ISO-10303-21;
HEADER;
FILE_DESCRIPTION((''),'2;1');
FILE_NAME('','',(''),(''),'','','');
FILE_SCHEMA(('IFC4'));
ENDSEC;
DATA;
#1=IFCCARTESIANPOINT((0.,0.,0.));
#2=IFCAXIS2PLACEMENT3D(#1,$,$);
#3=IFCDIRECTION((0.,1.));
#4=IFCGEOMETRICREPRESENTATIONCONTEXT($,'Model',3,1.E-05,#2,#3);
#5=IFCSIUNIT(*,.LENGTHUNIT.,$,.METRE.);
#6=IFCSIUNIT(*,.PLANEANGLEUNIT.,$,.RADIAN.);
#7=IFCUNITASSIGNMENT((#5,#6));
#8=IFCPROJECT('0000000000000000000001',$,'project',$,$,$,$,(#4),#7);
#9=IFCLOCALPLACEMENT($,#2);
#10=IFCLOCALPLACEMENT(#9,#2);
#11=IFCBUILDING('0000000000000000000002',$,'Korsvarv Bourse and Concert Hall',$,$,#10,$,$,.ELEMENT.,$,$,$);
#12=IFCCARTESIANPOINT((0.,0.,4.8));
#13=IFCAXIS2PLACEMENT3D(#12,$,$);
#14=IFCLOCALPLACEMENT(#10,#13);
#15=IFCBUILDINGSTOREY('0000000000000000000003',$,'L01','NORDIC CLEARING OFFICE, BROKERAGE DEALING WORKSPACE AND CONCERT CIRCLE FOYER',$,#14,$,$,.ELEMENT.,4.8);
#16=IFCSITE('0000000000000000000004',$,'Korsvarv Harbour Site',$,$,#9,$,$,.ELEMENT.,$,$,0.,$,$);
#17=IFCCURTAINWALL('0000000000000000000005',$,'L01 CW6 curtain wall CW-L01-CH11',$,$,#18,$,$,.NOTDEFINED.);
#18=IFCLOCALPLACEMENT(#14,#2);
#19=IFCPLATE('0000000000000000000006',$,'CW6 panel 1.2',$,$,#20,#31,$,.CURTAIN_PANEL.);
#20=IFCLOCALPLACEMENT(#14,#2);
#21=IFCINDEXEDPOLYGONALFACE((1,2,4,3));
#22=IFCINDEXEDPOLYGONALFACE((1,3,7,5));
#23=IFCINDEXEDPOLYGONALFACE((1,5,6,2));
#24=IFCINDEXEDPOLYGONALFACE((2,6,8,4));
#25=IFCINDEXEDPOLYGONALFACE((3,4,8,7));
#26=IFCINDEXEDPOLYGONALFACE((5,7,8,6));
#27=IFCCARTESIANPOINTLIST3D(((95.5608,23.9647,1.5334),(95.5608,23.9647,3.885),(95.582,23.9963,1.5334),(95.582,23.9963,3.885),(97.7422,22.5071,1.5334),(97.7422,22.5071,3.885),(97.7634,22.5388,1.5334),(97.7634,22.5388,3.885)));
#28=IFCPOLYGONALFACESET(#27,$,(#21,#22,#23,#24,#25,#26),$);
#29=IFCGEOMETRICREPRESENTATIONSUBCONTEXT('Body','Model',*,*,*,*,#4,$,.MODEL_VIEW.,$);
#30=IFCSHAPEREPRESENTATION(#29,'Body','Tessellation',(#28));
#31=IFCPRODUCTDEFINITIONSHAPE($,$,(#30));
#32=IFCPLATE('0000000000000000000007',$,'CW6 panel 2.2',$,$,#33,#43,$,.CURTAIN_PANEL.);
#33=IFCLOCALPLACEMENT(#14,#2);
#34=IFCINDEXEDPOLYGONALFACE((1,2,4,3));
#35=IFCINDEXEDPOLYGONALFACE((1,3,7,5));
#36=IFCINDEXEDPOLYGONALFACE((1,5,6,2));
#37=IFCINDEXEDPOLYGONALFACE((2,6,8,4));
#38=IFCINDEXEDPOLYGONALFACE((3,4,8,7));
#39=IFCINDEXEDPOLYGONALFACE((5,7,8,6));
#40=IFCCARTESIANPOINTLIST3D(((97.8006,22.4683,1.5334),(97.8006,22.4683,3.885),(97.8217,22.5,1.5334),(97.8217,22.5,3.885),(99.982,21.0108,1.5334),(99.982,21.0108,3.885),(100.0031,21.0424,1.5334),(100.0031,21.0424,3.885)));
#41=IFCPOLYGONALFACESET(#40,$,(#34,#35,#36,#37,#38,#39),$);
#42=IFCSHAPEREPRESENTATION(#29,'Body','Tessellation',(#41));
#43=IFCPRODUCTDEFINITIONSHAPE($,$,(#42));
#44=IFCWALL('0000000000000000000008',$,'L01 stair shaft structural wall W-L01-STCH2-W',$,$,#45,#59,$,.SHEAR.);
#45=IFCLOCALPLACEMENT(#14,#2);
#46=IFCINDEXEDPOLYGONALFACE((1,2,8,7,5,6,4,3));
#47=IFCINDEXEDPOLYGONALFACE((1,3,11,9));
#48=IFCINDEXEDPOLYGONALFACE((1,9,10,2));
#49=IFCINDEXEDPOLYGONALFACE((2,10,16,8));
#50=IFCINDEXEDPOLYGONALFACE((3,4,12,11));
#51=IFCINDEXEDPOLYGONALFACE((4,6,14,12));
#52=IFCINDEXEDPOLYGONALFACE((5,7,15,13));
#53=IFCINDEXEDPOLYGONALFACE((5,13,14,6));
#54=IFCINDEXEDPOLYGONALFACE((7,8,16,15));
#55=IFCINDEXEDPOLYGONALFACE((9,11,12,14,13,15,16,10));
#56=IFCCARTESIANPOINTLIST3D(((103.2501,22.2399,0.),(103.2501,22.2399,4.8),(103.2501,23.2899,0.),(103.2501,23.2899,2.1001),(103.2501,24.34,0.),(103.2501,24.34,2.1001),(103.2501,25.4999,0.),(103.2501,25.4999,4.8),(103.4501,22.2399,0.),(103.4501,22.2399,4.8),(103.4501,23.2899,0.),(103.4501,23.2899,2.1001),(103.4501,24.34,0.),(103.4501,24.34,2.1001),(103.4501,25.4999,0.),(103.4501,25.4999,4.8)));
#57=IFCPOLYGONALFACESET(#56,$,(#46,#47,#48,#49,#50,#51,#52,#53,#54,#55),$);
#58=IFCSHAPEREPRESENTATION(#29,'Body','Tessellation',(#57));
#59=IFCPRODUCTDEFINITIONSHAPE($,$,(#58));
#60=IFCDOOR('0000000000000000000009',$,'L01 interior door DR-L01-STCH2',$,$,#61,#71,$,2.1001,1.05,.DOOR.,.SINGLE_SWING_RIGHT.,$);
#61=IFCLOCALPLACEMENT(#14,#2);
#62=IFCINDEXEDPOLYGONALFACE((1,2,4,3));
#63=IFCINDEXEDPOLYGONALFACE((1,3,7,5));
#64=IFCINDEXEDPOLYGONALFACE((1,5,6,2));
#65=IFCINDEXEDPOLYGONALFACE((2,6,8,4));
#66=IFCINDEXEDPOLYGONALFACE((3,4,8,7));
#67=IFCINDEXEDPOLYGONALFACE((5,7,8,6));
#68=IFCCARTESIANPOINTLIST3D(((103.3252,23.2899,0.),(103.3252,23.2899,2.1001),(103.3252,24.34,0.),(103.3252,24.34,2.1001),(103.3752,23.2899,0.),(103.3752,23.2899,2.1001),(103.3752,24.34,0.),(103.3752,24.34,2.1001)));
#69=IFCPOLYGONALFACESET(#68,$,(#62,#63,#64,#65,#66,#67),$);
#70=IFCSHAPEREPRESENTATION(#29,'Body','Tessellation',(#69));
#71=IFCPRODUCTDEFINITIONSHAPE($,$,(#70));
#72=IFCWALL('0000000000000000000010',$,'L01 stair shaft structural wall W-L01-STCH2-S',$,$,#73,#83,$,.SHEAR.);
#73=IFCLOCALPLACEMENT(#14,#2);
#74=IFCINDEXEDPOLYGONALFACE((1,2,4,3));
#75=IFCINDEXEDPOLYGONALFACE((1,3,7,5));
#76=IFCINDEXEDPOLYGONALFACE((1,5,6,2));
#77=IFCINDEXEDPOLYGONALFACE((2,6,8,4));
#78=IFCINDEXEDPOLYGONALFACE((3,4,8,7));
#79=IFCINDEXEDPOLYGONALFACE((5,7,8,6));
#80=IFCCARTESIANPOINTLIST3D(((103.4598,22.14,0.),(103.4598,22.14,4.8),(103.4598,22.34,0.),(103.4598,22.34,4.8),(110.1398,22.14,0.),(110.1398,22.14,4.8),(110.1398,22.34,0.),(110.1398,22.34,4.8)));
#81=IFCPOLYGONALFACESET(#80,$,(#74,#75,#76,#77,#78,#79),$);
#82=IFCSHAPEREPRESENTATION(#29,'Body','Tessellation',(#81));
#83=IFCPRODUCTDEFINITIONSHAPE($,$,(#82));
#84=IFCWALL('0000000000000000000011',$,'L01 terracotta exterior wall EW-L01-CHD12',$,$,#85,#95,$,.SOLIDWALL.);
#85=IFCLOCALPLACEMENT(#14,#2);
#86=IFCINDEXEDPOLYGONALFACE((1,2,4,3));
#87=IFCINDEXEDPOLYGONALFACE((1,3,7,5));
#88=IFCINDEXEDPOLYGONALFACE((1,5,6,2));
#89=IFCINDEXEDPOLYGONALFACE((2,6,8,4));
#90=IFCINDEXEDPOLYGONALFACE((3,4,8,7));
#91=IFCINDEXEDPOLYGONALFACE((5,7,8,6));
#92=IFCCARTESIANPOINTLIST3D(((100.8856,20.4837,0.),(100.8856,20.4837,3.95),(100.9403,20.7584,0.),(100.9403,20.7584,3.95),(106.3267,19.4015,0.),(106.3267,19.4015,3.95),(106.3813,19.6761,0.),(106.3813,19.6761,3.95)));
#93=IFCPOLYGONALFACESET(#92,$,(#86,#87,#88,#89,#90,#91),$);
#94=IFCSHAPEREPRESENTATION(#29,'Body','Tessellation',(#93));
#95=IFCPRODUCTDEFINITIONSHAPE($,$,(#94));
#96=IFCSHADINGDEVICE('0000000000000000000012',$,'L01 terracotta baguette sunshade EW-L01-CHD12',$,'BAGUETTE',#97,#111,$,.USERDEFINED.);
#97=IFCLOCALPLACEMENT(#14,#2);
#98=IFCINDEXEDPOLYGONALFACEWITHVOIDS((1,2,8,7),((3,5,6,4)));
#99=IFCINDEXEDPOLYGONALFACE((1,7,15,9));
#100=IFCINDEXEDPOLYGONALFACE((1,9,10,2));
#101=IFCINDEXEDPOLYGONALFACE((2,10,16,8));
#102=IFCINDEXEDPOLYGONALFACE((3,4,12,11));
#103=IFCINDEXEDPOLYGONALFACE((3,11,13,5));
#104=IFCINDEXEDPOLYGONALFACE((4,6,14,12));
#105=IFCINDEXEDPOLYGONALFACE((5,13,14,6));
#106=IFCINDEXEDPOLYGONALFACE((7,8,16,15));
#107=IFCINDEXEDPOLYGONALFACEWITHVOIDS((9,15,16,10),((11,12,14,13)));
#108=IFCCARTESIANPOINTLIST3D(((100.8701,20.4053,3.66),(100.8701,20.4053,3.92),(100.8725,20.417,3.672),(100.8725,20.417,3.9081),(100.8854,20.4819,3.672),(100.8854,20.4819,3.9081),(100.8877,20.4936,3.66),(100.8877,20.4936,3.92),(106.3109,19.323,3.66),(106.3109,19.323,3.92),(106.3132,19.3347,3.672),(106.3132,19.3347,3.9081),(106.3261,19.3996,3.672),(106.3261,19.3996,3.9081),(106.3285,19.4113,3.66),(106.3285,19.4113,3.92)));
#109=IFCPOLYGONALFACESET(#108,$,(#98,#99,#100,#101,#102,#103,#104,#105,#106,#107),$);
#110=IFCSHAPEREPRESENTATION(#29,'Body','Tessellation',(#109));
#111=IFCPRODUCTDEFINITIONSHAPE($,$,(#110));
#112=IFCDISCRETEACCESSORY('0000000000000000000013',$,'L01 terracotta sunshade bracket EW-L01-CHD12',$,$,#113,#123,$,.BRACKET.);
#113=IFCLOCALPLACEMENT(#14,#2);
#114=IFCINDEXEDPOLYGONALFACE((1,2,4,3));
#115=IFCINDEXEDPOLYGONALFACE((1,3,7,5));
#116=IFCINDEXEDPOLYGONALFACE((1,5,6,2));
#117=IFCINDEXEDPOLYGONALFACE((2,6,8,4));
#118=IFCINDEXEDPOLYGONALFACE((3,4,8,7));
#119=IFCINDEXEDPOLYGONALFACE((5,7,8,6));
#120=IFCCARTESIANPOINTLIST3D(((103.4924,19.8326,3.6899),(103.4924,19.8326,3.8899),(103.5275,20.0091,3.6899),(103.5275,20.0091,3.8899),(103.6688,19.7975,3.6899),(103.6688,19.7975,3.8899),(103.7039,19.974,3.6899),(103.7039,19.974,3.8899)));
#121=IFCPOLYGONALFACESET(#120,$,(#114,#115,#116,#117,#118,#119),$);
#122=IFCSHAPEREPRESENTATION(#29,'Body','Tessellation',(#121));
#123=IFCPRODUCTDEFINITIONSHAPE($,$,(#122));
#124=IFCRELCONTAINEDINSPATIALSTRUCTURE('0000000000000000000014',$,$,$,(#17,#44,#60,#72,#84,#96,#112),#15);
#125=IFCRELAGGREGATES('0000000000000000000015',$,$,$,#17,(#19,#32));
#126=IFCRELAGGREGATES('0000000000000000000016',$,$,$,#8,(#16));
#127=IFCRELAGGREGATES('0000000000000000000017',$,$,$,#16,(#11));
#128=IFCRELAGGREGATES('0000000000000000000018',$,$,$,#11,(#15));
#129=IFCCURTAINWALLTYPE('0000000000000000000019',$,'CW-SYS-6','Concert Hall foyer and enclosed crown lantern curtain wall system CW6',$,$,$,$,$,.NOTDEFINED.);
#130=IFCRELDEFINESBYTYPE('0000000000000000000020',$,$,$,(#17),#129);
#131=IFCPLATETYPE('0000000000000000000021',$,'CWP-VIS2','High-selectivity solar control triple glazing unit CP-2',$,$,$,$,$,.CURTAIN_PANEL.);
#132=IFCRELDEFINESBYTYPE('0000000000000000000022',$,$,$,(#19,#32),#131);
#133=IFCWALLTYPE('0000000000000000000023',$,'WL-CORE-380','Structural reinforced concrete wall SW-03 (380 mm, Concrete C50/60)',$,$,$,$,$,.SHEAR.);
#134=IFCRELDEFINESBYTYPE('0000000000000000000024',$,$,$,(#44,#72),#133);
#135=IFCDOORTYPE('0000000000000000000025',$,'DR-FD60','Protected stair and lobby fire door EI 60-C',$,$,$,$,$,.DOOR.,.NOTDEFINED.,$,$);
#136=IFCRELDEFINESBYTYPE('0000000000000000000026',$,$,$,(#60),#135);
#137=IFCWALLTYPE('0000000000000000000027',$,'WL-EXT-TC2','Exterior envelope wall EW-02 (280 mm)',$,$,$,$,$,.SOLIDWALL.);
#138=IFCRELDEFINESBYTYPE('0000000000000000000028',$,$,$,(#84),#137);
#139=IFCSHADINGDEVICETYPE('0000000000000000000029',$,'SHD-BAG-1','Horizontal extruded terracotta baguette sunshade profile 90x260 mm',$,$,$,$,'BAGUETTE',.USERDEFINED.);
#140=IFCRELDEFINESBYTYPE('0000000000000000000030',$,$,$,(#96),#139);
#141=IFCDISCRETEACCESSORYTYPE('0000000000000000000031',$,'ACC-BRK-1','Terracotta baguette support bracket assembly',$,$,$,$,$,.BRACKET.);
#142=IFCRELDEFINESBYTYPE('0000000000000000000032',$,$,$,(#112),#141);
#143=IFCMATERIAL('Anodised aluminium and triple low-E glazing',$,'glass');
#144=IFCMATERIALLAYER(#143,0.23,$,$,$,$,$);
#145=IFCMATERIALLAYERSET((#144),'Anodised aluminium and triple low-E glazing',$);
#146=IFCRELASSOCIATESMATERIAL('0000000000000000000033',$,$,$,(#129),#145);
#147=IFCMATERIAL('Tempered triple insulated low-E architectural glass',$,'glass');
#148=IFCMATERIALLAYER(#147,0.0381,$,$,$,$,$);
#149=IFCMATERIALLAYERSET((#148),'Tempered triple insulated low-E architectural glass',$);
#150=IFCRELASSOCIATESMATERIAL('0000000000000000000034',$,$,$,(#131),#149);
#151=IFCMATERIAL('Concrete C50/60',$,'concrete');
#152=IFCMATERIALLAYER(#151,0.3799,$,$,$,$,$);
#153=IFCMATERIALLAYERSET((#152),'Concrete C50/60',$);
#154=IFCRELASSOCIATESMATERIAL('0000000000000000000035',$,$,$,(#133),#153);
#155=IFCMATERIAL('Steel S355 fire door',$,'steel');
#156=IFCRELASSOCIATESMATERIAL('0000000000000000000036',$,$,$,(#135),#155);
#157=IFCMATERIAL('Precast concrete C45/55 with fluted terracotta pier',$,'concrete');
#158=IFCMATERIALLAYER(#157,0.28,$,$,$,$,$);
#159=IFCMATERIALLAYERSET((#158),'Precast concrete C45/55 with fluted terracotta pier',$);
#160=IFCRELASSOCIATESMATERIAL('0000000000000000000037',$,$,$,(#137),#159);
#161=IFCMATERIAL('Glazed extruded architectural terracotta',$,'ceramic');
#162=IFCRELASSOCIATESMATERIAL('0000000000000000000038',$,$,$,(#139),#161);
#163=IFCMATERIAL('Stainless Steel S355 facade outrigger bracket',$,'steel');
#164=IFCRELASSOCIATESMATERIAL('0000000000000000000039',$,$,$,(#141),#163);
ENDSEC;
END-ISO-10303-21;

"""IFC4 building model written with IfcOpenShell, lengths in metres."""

from ifc_helpers import new_model, si_unit, direction, frame, frame_2d, origin, origin_2d, place, context, subcontext, project, spatial, rectangle, hollow_rectangle, extrude, source, transform, mapped, material, layer, layer_set, material_profile, profile_set, type_object, element, fill, aggregate, save


model = new_model("IFC4")

# Units and contexts
model_context = context("Model", 3, precision=1e-05, world=origin(), true_north=direction((0.0, 1.0)))
body_context = subcontext(model_context, "Body", "Model", "MODEL_VIEW")
ifc_project = project(units=[si_unit("LENGTHUNIT", "METRE"), si_unit("PLANEANGLEUNIT", "RADIAN")], contexts=[model_context])

# Site, building, storey
site_placement = place(None, origin())
site = spatial("IfcSite", under=ifc_project, at=site_placement, Name="Korsvarv Harbour Site", CompositionType="ELEMENT", RefElevation=0.0)
building_placement = place(site_placement, origin())
building = spatial("IfcBuilding", under=site, at=building_placement, Name="Korsvarv Bourse and Concert Hall", CompositionType="ELEMENT")
storey_placement = place(building_placement, frame((0.0, 0.0, 4.8)))
storey = spatial("IfcBuildingStorey", under=building, at=storey_placement, Name="L01", Description="NORDIC CLEARING OFFICE, BROKERAGE DEALING WORKSPACE AND CONCERT CIRCLE FOYER", CompositionType="ELEMENT", Elevation=4.8)

# Shared definitions
ifc_material_1 = material(Name="Concrete C50/60", Category="concrete")

# Curtain wall, plates
ifc_material_2 = material(Name="Anodised aluminium and triple low-E glazing", Category="glass")
ifc_layer_1 = layer(ifc_material_2, 0.23)
ifc_layer_set_1 = layer_set([ifc_layer_1], Name="Anodised aluminium and triple low-E glazing")
curtain_wall_type = type_object("IfcCurtainWallType", Name="CW-SYS-6", Description="Concert Hall foyer and enclosed crown lantern curtain wall system CW6", PredefinedType="NOTDEFINED", material=ifc_layer_set_1)
curtain_wall_placement = place(storey_placement, origin())
curtain_wall = element("IfcCurtainWall", 1, at=curtain_wall_placement, inside=storey, type_object=curtain_wall_type, Name="L01 CW6 curtain wall CW-L01-CH11", PredefinedType="NOTDEFINED")
ifc_material_3 = material(Name="Tempered triple insulated low-E architectural glass", Category="glass")
ifc_layer_2 = layer(ifc_material_3, 0.0381)
ifc_layer_set_2 = layer_set([ifc_layer_2], Name="Tempered triple insulated low-E architectural glass")
plate_type = type_object("IfcPlateType", Name="CWP-VIS2", Description="High-selectivity solar control triple glazing unit CP-2", PredefinedType="CURTAIN_PANEL", material=ifc_layer_set_2)
shared_shape_1 = source(origin(), body_context, "Body", "SweptSolid", [
    extrude(rectangle(XDim=2.6235, YDim=0.0381, at=origin_2d()), origin(), (0.0, 0.0, 1.0), 2.3516),
])
plate_1_placement = place(storey_placement, frame((96.6621, 23.2517, 1.5334), z_axis=(0.0, 0.0, 1.0), x_axis=(0.831469, -0.555571, 0.0)))
plate_1 = element("IfcPlate", 2, at=plate_1_placement, type_object=plate_type, Name="CW6 panel 1.2", PredefinedType="CURTAIN_PANEL", context=body_context, shape_type="MappedRepresentation", body=[
    mapped(shared_shape_1, transform((0.0, 0.0, 0.0), scale=1.0)),
])
plate_2_placement = place(storey_placement, frame((98.9019, 21.7554, 1.5334), z_axis=(0.0, 0.0, 1.0), x_axis=(0.831469, -0.555571, 0.0)))
plate_2 = element("IfcPlate", 3, at=plate_2_placement, type_object=plate_type, Name="CW6 panel 2.2", PredefinedType="CURTAIN_PANEL", context=body_context, shape_type="MappedRepresentation", body=[
    mapped(shared_shape_1, transform((0.0, 0.0, 0.0), scale=1.0)),
])
aggregate(curtain_wall, [plate_1, plate_2])

# Wall, opening, door
ifc_layer_3 = layer(ifc_material_1, 0.3799)
ifc_layer_set_3 = layer_set([ifc_layer_3], Name="Concrete C50/60")
wall_type_1 = type_object("IfcWallType", Name="WL-CORE-380", Description="Structural reinforced concrete wall SW-03 (380 mm, Concrete C50/60)", PredefinedType="SHEAR", material=ifc_layer_set_3)
wall_1_placement = place(storey_placement, frame((103.3501, 22.24, 0.0), z_axis=(0.0, 0.0, 1.0), x_axis=(0.0, 1.0, 0.0)))
wall_1 = element("IfcWall", 4, at=wall_1_placement, inside=storey, type_object=wall_type_1, Name="L01 stair shaft structural wall W-L01-STCH2-W", PredefinedType="SHEAR", context=body_context, shape_type="SweptSolid", body=[
    extrude(rectangle(XDim=3.26, YDim=0.2, at=frame_2d((1.6299, 0.0))), origin(), (0.0, 0.0, 1.0), 4.8),
])
opening_placement = place(wall_1_placement, frame((1.05, 0.0, 0.0)))
opening = element("IfcOpeningElement", 5, at=opening_placement, cuts=wall_1, PredefinedType="OPENING", context=body_context, shape_type="SweptSolid", body=[
    extrude(rectangle(XDim=1.05, YDim=2.1001, at=frame_2d((0.5249, 1.05))), frame((0.0, 0.1099, 0.0), z_axis=(0.0, -1.0, 0.0), x_axis=(1.0, 0.0, 0.0)), (0.0, 0.0, 1.0), 0.22),
])
ifc_material_4 = material(Name="Steel S355 fire door", Category="steel")
door_type = type_object("IfcDoorType", Name="DR-FD60", Description="Protected stair and lobby fire door EI 60-C", OperationType="NOTDEFINED", PredefinedType="DOOR", material=ifc_material_4)
door_placement = place(opening_placement, origin())
door = element("IfcDoor", 6, at=door_placement, inside=storey, type_object=door_type, Name="L01 interior door DR-L01-STCH2", OperationType="SINGLE_SWING_RIGHT", OverallHeight=2.1001, OverallWidth=1.05, PredefinedType="DOOR", context=body_context, shape_type="SweptSolid", body=[
    extrude(rectangle(XDim=1.05, YDim=2.1001, at=frame_2d((0.5249, 1.05))), frame((0.0, 0.0249, 0.0), z_axis=(0.0, -1.0, 0.0), x_axis=(1.0, 0.0, 0.0)), (0.0, 0.0, 1.0), 0.05),
])
fill(opening, door)

# Walls
wall_2_placement = place(storey_placement, frame((103.46, 22.24, 0.0), z_axis=(0.0, 0.0, 1.0), x_axis=(1.0, 0.0, 0.0)))
element("IfcWall", 7, at=wall_2_placement, inside=storey, type_object=wall_type_1, Name="L01 stair shaft structural wall W-L01-STCH2-S", PredefinedType="SHEAR", context=body_context, shape_type="SweptSolid", body=[
    extrude(rectangle(XDim=6.6799, YDim=0.2, at=frame_2d((3.3398, 0.0))), origin(), (0.0, 0.0, 1.0), 4.8),
])
ifc_material_5 = material(Name="Precast concrete C45/55 with fluted terracotta pier", Category="concrete")
ifc_layer_4 = layer(ifc_material_5, 0.28)
ifc_layer_set_4 = layer_set([ifc_layer_4], Name="Precast concrete C45/55 with fluted terracotta pier")
wall_type_2 = type_object("IfcWallType", Name="WL-EXT-TC2", Description="Exterior envelope wall EW-02 (280 mm)", PredefinedType="SOLIDWALL", material=ifc_layer_set_4)
wall_3_placement = place(storey_placement, frame((100.9128, 20.6211, 0.0), z_axis=(0.0, 0.0, 1.0), x_axis=(0.980785, -0.195092, 0.0)))
element("IfcWall", 8, at=wall_3_placement, inside=storey, type_object=wall_type_2, Name="L01 terracotta exterior wall EW-L01-CHD12", PredefinedType="SOLIDWALL", context=body_context, shape_type="SweptSolid", body=[
    extrude(rectangle(XDim=5.5476, YDim=0.28, at=frame_2d((2.7739, 0.0))), origin(), (0.0, 0.0, 1.0), 3.95),
])

# Shading device
ifc_material_6 = material(Name="Glazed extruded architectural terracotta", Category="ceramic")
ifc_material_profile_1 = material_profile(ifc_material_6, hollow_rectangle(XDim=0.0901, YDim=0.26, WallThickness=0.012, at=origin_2d()), Name="TC-BAG 90x260")
ifc_profile_set_1 = profile_set([ifc_material_profile_1], Name="Glazed extruded architectural terracotta")
shading_device_type = type_object("IfcShadingDeviceType", Name="SHD-BAG-1", Description="Horizontal extruded terracotta baguette sunshade profile 90x260 mm", ElementType="BAGUETTE", PredefinedType="USERDEFINED", material=ifc_profile_set_1)
shared_shape_2 = source(origin(), body_context, "Body", "SweptSolid", [
    extrude(hollow_rectangle(XDim=0.0901, YDim=0.26, WallThickness=0.012, at=origin_2d()), origin(), (0.0, 0.0, 1.0), 5.5474),
])
shading_device_placement = place(storey_placement, frame((100.8789, 20.4495, 3.79), z_axis=(0.980783, -0.1951, 0.0), x_axis=(0.1951, 0.980783, 0.0)))
element("IfcShadingDevice", 9, at=shading_device_placement, inside=storey, type_object=shading_device_type, Name="L01 terracotta baguette sunshade EW-L01-CHD12", ObjectType="BAGUETTE", PredefinedType="USERDEFINED", context=body_context, shape_type="MappedRepresentation", body=[
    mapped(shared_shape_2, transform((0.0, 0.0, 0.0), scale=1.0)),
])

# Discrete accessory
ifc_material_7 = material(Name="Stainless Steel S355 facade outrigger bracket", Category="steel")
discrete_accessory_type = type_object("IfcDiscreteAccessoryType", Name="ACC-BRK-1", Description="Terracotta baguette support bracket assembly", PredefinedType="BRACKET", material=ifc_material_7)
shared_shape_3 = source(origin(), body_context, "Body", "SweptSolid", [
    extrude(rectangle(XDim=0.1799, YDim=0.1799, at=origin_2d()), origin(), (0.0, 0.0, 1.0), 0.2),
])
discrete_accessory_placement = place(storey_placement, frame((103.5981, 19.9033, 3.6899), z_axis=(0.0, 0.0, 1.0), x_axis=(0.980785, -0.19509, 0.0)))
element("IfcDiscreteAccessory", 10, at=discrete_accessory_placement, inside=storey, type_object=discrete_accessory_type, Name="L01 terracotta sunshade bracket EW-L01-CHD12", PredefinedType="BRACKET", context=body_context, shape_type="MappedRepresentation", body=[
    mapped(shared_shape_3, transform((0.0, 0.0, 0.0), scale=1.0)),
])

save(model, "model.ifc")
